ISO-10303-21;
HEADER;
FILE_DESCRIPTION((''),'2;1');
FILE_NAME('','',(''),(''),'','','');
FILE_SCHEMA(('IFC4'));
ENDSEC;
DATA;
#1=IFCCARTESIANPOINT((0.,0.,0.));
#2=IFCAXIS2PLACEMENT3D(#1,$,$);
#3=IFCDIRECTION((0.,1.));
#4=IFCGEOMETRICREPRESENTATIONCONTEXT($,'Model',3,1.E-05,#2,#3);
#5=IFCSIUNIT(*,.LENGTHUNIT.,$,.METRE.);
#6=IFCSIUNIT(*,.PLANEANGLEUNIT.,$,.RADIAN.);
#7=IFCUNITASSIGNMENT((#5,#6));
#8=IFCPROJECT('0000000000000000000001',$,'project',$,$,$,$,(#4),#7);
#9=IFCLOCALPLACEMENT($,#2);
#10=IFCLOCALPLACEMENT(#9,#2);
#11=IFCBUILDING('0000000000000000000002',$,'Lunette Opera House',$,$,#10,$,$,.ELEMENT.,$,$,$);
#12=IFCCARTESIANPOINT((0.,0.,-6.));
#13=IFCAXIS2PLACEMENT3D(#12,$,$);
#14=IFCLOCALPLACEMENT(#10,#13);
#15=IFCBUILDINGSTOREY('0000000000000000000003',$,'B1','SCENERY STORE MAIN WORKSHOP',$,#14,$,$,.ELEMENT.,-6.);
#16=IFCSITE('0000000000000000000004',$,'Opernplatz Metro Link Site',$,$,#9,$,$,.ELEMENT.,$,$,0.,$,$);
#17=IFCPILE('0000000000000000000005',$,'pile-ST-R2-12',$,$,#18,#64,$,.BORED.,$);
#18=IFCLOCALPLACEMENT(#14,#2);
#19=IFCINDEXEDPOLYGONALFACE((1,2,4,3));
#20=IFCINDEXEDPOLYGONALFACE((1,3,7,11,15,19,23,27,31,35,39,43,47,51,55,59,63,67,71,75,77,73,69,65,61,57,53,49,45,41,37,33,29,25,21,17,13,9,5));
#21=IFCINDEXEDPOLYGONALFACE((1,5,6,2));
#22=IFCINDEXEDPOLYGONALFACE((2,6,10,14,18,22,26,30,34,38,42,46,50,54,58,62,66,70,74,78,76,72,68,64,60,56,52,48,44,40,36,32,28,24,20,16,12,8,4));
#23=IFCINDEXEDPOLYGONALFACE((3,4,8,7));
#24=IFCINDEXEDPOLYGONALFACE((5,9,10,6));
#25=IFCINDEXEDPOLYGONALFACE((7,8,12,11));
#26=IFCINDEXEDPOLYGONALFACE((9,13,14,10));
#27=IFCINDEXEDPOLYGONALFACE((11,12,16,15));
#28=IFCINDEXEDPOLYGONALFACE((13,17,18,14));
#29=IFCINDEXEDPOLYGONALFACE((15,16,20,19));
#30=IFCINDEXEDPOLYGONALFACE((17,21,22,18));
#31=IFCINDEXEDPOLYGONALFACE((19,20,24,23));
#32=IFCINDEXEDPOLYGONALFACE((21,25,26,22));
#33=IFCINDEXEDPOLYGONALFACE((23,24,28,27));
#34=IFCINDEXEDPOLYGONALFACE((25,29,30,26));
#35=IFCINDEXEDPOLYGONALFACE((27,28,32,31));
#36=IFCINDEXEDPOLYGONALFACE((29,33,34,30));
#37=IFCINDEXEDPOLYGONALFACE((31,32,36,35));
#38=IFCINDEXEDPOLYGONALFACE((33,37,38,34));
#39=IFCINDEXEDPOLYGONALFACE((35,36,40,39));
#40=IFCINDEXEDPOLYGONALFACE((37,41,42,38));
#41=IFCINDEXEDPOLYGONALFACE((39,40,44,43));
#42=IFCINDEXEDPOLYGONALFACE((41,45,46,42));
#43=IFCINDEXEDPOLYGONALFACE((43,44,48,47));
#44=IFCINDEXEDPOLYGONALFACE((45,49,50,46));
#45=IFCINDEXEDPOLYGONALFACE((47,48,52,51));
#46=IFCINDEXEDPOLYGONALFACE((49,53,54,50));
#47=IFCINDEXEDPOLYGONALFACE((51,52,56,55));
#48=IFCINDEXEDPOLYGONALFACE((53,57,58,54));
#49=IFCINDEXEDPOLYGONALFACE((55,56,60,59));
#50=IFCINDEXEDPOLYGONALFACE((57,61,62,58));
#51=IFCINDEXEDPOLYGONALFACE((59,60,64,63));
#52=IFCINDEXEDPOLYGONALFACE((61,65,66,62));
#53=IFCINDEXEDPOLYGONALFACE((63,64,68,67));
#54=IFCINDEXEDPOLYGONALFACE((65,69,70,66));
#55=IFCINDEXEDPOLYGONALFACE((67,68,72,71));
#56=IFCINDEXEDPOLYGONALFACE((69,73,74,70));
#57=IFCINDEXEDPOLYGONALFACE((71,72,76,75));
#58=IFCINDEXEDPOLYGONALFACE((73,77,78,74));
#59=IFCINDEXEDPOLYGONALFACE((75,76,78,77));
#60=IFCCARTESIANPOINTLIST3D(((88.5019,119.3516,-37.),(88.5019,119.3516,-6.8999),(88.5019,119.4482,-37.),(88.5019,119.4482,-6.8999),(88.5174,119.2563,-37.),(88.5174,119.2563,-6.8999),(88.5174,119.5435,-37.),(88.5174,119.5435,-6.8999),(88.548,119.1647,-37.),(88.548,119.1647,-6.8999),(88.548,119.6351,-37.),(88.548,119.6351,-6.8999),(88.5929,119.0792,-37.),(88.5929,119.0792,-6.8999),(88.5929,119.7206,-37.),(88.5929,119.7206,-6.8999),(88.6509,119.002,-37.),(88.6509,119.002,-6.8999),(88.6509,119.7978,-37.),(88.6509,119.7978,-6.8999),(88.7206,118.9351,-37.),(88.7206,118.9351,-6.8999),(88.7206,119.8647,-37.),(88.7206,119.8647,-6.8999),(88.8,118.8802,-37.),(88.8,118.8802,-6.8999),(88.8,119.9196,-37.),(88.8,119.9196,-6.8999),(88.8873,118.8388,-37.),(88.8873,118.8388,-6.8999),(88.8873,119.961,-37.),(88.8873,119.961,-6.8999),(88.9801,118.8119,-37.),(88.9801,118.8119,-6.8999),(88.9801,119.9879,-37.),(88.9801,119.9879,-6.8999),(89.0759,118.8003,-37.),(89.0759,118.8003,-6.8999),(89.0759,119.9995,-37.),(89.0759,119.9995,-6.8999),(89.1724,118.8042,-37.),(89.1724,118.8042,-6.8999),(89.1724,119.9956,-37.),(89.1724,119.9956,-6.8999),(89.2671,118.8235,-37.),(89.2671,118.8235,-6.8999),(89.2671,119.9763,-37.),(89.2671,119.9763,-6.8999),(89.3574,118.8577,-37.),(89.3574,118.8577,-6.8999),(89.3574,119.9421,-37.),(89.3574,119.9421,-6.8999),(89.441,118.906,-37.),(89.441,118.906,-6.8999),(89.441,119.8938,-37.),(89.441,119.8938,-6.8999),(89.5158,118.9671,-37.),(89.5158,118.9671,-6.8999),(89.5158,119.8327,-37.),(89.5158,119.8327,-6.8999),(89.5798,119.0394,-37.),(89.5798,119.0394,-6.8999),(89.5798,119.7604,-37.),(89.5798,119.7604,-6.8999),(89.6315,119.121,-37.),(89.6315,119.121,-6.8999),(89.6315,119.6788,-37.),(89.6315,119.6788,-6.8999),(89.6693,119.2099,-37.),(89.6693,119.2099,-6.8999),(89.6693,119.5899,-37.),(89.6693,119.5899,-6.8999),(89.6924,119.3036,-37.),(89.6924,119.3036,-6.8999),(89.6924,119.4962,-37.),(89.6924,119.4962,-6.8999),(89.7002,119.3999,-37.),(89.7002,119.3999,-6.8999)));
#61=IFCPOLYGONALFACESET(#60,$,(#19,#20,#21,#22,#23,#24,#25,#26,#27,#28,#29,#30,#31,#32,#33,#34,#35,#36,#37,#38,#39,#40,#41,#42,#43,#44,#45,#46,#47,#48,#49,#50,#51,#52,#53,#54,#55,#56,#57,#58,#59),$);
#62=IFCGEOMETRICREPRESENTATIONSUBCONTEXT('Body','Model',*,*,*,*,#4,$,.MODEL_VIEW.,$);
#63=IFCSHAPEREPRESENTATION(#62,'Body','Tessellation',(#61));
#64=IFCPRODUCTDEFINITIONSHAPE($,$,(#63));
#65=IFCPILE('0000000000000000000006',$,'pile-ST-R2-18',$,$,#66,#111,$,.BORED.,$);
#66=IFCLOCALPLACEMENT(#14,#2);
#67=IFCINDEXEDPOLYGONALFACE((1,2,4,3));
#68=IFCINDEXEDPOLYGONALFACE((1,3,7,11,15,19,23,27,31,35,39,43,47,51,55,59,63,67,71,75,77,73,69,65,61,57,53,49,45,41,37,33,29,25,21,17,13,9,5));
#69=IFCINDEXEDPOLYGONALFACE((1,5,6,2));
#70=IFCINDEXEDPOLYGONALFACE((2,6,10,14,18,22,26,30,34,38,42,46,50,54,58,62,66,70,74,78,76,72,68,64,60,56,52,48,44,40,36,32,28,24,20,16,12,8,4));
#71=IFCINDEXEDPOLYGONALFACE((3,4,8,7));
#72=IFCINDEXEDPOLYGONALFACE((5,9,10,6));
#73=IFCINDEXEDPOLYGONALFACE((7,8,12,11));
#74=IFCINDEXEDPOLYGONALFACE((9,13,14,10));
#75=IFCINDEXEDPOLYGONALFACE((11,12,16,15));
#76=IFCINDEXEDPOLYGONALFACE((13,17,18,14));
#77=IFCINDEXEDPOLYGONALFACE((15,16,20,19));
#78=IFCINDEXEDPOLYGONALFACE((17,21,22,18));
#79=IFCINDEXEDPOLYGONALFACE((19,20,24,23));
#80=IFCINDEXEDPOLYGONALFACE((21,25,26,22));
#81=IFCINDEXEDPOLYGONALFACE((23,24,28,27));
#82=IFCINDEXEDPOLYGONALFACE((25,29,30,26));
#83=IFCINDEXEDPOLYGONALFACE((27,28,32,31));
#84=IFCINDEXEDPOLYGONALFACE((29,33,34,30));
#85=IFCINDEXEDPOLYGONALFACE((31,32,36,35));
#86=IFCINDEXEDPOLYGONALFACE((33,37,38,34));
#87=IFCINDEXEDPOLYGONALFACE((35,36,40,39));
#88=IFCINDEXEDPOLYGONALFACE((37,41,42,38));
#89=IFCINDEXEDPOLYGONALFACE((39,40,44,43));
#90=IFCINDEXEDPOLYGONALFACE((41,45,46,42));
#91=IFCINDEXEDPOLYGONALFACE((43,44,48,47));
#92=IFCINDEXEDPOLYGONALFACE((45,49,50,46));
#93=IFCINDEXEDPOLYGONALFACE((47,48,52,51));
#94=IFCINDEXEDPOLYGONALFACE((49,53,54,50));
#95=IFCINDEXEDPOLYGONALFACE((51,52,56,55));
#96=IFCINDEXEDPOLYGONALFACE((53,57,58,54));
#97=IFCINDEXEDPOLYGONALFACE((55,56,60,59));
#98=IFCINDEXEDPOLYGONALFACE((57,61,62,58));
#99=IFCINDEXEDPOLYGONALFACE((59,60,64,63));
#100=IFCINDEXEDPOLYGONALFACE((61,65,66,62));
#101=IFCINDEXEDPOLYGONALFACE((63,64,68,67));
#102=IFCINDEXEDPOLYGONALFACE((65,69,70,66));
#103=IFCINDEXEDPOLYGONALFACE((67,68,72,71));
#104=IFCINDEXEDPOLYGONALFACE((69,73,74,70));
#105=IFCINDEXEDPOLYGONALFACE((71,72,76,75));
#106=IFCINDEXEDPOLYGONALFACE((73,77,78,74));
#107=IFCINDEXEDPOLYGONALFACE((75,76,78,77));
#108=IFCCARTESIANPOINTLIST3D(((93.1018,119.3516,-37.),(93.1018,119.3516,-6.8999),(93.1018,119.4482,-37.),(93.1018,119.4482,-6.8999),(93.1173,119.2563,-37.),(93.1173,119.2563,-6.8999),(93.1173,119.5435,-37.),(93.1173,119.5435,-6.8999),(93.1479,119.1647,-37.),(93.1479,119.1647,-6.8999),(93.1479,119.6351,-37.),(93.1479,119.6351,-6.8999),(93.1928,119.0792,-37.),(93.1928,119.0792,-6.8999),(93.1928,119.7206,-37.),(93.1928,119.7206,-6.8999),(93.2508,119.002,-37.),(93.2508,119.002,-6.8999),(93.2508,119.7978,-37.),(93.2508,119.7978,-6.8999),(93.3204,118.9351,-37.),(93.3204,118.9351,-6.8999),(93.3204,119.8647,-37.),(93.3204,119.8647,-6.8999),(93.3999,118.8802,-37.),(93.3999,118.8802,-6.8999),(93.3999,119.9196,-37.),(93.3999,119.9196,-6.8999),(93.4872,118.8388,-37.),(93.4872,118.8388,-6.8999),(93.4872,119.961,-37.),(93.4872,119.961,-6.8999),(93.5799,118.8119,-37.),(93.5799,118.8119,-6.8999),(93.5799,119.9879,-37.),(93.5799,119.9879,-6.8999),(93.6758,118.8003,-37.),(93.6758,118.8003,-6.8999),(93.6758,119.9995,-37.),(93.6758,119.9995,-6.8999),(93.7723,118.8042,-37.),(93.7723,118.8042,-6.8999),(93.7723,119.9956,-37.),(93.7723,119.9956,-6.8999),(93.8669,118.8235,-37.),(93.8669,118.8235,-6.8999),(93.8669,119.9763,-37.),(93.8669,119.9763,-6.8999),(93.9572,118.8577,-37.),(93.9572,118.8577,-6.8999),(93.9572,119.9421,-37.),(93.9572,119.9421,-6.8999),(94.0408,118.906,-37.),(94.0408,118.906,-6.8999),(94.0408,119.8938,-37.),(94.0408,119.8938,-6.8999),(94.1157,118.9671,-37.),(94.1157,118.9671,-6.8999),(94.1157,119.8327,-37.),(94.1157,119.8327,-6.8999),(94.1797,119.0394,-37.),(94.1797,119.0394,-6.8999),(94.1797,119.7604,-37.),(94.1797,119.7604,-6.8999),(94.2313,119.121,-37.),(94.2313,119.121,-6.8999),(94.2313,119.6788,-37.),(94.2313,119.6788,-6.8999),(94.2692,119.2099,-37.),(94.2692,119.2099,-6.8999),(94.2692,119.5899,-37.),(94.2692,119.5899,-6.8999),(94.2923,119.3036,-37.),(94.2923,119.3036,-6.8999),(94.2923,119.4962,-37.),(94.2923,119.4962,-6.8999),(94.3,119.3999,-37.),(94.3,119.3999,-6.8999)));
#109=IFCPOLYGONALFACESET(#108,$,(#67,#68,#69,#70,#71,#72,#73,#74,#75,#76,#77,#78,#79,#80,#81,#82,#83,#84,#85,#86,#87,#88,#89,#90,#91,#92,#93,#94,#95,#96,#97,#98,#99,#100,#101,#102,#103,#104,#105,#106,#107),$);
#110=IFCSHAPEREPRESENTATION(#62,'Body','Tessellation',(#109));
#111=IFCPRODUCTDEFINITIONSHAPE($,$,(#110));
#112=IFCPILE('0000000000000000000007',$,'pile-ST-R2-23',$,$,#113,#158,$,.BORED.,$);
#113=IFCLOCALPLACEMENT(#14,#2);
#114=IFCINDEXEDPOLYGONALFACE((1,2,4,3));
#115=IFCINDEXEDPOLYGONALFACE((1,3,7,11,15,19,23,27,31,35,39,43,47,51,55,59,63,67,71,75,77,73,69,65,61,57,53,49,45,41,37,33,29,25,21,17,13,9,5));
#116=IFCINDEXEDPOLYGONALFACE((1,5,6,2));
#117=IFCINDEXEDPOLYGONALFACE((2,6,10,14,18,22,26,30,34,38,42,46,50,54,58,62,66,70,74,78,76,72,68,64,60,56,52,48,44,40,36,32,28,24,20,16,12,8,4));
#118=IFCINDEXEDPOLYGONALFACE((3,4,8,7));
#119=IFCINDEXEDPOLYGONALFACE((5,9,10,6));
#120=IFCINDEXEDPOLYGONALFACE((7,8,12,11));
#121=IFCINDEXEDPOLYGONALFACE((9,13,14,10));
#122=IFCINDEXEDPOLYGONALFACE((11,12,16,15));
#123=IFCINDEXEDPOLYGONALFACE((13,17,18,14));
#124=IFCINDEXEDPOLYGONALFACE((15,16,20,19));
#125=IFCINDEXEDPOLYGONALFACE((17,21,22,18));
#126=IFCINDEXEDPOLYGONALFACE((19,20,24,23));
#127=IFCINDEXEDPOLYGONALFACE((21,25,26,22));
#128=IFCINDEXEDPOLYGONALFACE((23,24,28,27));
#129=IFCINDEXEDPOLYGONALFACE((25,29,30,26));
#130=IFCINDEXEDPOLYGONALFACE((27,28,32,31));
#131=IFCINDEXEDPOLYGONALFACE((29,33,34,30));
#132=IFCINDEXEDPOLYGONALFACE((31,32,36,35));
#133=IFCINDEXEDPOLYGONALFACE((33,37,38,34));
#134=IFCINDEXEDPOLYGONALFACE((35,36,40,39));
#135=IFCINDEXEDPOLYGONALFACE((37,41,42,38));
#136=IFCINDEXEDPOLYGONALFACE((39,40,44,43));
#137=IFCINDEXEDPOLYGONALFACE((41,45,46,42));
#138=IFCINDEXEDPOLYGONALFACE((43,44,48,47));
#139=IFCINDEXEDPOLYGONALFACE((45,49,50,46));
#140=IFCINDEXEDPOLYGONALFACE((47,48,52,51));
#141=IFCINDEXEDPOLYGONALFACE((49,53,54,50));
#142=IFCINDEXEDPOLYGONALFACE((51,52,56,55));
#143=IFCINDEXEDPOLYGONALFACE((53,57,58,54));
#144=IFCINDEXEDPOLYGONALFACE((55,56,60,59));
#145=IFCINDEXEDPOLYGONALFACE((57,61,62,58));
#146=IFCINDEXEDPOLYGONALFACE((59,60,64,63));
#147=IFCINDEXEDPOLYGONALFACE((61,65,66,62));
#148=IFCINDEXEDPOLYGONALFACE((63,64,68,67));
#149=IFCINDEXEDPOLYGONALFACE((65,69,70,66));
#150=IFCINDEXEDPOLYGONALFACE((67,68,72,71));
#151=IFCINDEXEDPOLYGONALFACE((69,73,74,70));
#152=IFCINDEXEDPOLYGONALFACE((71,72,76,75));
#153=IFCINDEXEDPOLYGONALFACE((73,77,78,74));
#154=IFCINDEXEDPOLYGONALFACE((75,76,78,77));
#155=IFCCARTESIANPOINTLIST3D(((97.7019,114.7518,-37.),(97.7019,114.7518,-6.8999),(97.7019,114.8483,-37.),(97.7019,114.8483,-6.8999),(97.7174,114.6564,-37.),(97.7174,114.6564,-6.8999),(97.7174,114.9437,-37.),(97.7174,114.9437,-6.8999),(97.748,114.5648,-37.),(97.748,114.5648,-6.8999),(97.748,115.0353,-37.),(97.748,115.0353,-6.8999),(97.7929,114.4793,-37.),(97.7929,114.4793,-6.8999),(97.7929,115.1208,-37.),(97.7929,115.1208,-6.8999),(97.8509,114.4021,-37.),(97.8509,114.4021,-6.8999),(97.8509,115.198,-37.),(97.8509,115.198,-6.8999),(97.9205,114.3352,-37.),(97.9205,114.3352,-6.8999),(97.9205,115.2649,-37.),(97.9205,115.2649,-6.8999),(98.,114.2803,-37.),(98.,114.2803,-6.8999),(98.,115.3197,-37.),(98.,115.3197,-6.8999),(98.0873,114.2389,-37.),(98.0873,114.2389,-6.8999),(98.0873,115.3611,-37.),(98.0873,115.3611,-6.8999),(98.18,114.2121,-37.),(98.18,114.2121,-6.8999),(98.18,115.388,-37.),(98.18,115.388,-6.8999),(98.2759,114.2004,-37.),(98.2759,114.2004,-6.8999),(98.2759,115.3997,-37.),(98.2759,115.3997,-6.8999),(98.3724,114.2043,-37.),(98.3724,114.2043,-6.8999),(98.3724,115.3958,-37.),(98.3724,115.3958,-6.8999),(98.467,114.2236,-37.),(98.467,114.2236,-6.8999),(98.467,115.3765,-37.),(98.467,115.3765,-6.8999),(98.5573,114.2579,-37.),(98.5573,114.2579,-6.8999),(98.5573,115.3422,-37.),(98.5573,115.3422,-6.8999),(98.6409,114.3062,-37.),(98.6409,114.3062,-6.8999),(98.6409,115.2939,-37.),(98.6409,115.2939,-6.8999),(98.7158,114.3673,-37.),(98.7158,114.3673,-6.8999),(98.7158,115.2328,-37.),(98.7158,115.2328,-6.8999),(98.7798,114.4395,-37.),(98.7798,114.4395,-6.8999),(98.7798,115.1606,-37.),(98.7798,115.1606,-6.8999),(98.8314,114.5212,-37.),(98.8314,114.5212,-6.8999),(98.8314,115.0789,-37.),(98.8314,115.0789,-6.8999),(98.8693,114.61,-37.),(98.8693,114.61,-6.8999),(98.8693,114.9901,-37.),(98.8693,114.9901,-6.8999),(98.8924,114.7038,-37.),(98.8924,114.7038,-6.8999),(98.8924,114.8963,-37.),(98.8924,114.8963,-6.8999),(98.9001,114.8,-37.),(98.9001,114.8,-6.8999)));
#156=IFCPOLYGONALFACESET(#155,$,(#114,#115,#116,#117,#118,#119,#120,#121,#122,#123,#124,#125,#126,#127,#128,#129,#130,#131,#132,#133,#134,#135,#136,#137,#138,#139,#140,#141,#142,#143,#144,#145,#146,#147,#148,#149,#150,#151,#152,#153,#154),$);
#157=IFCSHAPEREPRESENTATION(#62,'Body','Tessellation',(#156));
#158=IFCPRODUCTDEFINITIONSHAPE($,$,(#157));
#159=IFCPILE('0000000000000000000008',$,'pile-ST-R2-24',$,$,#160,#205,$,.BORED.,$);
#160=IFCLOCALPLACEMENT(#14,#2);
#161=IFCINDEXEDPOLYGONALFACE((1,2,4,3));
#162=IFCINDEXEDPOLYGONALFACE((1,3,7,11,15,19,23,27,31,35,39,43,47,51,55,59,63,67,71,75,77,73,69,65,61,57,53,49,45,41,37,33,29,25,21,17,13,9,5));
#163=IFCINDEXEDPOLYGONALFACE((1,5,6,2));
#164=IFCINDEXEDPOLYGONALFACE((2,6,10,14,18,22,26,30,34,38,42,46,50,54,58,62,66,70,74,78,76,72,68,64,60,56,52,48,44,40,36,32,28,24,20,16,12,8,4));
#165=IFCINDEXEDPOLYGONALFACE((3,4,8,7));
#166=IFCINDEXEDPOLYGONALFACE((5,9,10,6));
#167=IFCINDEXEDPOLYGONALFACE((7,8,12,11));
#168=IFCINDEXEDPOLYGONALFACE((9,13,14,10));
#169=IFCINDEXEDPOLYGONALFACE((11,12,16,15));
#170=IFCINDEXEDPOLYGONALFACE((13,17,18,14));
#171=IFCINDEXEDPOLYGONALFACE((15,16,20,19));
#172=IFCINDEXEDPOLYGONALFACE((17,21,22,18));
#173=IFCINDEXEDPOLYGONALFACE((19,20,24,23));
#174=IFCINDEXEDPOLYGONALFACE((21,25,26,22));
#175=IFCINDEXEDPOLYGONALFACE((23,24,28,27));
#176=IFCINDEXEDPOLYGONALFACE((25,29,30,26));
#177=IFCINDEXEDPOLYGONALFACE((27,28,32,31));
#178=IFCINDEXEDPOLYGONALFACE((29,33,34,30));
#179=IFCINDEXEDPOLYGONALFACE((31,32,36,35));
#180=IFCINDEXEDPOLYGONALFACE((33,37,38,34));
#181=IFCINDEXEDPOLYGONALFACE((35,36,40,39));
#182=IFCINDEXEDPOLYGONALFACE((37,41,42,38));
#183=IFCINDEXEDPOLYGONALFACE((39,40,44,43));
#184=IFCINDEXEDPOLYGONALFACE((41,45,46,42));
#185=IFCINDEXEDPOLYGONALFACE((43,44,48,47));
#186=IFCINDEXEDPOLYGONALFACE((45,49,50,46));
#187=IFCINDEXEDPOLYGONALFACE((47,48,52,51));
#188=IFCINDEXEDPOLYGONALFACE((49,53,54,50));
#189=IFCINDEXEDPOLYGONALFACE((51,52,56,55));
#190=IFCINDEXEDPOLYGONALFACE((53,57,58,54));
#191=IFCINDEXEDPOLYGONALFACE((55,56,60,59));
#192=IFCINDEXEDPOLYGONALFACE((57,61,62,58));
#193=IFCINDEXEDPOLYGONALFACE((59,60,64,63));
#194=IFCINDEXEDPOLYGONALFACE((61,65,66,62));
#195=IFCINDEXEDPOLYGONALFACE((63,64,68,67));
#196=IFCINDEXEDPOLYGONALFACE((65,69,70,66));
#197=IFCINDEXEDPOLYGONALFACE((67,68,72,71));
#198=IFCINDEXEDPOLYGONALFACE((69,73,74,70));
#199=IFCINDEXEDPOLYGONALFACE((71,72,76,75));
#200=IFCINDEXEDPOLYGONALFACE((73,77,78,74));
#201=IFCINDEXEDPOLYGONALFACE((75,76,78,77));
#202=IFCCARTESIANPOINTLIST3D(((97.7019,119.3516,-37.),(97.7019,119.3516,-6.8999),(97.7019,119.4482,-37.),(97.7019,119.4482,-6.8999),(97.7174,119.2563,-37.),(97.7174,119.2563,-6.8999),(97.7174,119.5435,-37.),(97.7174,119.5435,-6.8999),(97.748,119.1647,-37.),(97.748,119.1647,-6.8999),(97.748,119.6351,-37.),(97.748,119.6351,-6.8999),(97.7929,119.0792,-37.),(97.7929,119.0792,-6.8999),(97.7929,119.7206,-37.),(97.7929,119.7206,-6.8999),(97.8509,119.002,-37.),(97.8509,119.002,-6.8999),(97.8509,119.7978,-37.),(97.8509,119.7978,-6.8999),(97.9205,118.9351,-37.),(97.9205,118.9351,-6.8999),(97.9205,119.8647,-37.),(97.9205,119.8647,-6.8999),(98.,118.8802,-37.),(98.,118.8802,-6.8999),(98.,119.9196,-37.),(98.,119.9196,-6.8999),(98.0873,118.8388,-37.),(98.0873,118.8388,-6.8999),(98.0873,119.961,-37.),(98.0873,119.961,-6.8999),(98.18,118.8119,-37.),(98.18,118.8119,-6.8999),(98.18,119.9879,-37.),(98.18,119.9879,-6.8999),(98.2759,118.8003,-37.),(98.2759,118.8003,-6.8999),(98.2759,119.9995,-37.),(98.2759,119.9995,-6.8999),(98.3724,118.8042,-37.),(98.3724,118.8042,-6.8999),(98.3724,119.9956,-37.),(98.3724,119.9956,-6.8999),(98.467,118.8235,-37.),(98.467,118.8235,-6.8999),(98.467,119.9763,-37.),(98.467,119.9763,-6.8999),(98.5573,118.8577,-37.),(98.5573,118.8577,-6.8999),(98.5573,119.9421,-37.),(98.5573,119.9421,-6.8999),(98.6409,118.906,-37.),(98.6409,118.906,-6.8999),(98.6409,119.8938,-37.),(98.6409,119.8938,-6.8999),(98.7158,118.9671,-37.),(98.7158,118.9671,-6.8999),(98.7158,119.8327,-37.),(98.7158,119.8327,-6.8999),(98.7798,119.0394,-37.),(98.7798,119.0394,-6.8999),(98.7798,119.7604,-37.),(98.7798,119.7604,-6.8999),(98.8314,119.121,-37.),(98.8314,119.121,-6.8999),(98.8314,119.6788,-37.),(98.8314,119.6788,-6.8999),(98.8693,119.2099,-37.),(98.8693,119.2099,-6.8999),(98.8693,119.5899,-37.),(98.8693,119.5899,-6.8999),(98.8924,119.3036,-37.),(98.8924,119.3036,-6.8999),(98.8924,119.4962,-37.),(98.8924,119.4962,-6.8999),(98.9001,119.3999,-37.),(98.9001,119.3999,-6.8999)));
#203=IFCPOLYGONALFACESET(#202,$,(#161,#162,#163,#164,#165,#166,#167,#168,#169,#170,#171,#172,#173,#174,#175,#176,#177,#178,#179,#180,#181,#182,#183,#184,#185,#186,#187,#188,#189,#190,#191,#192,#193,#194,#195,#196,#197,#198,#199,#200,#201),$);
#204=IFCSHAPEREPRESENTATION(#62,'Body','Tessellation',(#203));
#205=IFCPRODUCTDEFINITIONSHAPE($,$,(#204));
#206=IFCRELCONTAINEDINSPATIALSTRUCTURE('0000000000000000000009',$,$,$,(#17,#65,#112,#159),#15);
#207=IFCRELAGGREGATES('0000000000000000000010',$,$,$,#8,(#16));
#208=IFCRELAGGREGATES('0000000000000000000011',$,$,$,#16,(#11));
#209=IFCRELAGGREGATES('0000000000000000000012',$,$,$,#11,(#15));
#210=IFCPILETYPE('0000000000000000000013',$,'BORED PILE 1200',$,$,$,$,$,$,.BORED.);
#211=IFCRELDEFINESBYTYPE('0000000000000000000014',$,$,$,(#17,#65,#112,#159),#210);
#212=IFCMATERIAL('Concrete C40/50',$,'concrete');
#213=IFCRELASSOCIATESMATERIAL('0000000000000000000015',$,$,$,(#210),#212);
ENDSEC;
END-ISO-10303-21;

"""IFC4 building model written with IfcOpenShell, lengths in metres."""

from ifc_helpers import new_model, si_unit, direction, frame, origin, origin_2d, place, context, subcontext, project, spatial, circle, extrude, material, material_profile, profile_set, type_object, element, save


model = new_model("IFC4")

# Units and contexts
model_context = context("Model", 3, precision=1e-05, world=origin(), true_north=direction((0.0, 1.0)))
body_context = subcontext(model_context, "Body", "Model", "MODEL_VIEW")
ifc_project = project(units=[si_unit("LENGTHUNIT", "METRE"), si_unit("PLANEANGLEUNIT", "RADIAN")], contexts=[model_context])

# Site, building, storey
site_placement = place(None, origin())
site = spatial("IfcSite", under=ifc_project, at=site_placement, Name="Opernplatz Metro Link Site", CompositionType="ELEMENT", RefElevation=0.0)
building_placement = place(site_placement, origin())
building = spatial("IfcBuilding", under=site, at=building_placement, Name="Lunette Opera House", CompositionType="ELEMENT")
storey_placement = place(building_placement, frame((0.0, 0.0, -6.0)))
storey = spatial("IfcBuildingStorey", under=building, at=storey_placement, Name="B1", Description="SCENERY STORE MAIN WORKSHOP", CompositionType="ELEMENT", Elevation=-6.0)

# Piles
ifc_material_1 = material(Name="Concrete C40/50", Category="concrete")
ifc_material_profile_1 = material_profile(ifc_material_1, circle(Radius=0.6001, at=origin_2d()), Name="BORED PILE 1200")
ifc_profile_set_1 = profile_set([ifc_material_profile_1], Name="Concrete C40/50")
pile_type = type_object("IfcPileType", Name="BORED PILE 1200", PredefinedType="BORED", material=ifc_profile_set_1)
for number, where, z_axis, x_axis, name in (
    (1, (89.1001, 119.3999, -6.8999), (0.0, 0.0, -1.0), (1.0, 0.0, 0.0), "pile-ST-R2-12"),
    (2, (93.7, 119.3999, -6.8999), (0.0, 0.0, -1.0), (1.0, 0.0, 0.0), "pile-ST-R2-18"),
    (3, (98.3, 114.8, -6.8999), (0.0, 0.0, -1.0), (1.0, 0.0, 0.0), "pile-ST-R2-23"),
    (4, (98.3, 119.3999, -6.8999), (0.0, 0.0, -1.0), (1.0, 0.0, 0.0), "pile-ST-R2-24"),
):
    element("IfcPile", number, at=place(storey_placement, frame(where, z_axis=z_axis, x_axis=x_axis)), inside=storey, type_object=pile_type, Name=name, PredefinedType="BORED", context=body_context, shape_type="SweptSolid", body=[
        extrude(circle(Radius=0.6001, at=origin_2d()), origin(), (0.0, 0.0, 1.0), 30.1001),
    ])

save(model, "model.ifc")
